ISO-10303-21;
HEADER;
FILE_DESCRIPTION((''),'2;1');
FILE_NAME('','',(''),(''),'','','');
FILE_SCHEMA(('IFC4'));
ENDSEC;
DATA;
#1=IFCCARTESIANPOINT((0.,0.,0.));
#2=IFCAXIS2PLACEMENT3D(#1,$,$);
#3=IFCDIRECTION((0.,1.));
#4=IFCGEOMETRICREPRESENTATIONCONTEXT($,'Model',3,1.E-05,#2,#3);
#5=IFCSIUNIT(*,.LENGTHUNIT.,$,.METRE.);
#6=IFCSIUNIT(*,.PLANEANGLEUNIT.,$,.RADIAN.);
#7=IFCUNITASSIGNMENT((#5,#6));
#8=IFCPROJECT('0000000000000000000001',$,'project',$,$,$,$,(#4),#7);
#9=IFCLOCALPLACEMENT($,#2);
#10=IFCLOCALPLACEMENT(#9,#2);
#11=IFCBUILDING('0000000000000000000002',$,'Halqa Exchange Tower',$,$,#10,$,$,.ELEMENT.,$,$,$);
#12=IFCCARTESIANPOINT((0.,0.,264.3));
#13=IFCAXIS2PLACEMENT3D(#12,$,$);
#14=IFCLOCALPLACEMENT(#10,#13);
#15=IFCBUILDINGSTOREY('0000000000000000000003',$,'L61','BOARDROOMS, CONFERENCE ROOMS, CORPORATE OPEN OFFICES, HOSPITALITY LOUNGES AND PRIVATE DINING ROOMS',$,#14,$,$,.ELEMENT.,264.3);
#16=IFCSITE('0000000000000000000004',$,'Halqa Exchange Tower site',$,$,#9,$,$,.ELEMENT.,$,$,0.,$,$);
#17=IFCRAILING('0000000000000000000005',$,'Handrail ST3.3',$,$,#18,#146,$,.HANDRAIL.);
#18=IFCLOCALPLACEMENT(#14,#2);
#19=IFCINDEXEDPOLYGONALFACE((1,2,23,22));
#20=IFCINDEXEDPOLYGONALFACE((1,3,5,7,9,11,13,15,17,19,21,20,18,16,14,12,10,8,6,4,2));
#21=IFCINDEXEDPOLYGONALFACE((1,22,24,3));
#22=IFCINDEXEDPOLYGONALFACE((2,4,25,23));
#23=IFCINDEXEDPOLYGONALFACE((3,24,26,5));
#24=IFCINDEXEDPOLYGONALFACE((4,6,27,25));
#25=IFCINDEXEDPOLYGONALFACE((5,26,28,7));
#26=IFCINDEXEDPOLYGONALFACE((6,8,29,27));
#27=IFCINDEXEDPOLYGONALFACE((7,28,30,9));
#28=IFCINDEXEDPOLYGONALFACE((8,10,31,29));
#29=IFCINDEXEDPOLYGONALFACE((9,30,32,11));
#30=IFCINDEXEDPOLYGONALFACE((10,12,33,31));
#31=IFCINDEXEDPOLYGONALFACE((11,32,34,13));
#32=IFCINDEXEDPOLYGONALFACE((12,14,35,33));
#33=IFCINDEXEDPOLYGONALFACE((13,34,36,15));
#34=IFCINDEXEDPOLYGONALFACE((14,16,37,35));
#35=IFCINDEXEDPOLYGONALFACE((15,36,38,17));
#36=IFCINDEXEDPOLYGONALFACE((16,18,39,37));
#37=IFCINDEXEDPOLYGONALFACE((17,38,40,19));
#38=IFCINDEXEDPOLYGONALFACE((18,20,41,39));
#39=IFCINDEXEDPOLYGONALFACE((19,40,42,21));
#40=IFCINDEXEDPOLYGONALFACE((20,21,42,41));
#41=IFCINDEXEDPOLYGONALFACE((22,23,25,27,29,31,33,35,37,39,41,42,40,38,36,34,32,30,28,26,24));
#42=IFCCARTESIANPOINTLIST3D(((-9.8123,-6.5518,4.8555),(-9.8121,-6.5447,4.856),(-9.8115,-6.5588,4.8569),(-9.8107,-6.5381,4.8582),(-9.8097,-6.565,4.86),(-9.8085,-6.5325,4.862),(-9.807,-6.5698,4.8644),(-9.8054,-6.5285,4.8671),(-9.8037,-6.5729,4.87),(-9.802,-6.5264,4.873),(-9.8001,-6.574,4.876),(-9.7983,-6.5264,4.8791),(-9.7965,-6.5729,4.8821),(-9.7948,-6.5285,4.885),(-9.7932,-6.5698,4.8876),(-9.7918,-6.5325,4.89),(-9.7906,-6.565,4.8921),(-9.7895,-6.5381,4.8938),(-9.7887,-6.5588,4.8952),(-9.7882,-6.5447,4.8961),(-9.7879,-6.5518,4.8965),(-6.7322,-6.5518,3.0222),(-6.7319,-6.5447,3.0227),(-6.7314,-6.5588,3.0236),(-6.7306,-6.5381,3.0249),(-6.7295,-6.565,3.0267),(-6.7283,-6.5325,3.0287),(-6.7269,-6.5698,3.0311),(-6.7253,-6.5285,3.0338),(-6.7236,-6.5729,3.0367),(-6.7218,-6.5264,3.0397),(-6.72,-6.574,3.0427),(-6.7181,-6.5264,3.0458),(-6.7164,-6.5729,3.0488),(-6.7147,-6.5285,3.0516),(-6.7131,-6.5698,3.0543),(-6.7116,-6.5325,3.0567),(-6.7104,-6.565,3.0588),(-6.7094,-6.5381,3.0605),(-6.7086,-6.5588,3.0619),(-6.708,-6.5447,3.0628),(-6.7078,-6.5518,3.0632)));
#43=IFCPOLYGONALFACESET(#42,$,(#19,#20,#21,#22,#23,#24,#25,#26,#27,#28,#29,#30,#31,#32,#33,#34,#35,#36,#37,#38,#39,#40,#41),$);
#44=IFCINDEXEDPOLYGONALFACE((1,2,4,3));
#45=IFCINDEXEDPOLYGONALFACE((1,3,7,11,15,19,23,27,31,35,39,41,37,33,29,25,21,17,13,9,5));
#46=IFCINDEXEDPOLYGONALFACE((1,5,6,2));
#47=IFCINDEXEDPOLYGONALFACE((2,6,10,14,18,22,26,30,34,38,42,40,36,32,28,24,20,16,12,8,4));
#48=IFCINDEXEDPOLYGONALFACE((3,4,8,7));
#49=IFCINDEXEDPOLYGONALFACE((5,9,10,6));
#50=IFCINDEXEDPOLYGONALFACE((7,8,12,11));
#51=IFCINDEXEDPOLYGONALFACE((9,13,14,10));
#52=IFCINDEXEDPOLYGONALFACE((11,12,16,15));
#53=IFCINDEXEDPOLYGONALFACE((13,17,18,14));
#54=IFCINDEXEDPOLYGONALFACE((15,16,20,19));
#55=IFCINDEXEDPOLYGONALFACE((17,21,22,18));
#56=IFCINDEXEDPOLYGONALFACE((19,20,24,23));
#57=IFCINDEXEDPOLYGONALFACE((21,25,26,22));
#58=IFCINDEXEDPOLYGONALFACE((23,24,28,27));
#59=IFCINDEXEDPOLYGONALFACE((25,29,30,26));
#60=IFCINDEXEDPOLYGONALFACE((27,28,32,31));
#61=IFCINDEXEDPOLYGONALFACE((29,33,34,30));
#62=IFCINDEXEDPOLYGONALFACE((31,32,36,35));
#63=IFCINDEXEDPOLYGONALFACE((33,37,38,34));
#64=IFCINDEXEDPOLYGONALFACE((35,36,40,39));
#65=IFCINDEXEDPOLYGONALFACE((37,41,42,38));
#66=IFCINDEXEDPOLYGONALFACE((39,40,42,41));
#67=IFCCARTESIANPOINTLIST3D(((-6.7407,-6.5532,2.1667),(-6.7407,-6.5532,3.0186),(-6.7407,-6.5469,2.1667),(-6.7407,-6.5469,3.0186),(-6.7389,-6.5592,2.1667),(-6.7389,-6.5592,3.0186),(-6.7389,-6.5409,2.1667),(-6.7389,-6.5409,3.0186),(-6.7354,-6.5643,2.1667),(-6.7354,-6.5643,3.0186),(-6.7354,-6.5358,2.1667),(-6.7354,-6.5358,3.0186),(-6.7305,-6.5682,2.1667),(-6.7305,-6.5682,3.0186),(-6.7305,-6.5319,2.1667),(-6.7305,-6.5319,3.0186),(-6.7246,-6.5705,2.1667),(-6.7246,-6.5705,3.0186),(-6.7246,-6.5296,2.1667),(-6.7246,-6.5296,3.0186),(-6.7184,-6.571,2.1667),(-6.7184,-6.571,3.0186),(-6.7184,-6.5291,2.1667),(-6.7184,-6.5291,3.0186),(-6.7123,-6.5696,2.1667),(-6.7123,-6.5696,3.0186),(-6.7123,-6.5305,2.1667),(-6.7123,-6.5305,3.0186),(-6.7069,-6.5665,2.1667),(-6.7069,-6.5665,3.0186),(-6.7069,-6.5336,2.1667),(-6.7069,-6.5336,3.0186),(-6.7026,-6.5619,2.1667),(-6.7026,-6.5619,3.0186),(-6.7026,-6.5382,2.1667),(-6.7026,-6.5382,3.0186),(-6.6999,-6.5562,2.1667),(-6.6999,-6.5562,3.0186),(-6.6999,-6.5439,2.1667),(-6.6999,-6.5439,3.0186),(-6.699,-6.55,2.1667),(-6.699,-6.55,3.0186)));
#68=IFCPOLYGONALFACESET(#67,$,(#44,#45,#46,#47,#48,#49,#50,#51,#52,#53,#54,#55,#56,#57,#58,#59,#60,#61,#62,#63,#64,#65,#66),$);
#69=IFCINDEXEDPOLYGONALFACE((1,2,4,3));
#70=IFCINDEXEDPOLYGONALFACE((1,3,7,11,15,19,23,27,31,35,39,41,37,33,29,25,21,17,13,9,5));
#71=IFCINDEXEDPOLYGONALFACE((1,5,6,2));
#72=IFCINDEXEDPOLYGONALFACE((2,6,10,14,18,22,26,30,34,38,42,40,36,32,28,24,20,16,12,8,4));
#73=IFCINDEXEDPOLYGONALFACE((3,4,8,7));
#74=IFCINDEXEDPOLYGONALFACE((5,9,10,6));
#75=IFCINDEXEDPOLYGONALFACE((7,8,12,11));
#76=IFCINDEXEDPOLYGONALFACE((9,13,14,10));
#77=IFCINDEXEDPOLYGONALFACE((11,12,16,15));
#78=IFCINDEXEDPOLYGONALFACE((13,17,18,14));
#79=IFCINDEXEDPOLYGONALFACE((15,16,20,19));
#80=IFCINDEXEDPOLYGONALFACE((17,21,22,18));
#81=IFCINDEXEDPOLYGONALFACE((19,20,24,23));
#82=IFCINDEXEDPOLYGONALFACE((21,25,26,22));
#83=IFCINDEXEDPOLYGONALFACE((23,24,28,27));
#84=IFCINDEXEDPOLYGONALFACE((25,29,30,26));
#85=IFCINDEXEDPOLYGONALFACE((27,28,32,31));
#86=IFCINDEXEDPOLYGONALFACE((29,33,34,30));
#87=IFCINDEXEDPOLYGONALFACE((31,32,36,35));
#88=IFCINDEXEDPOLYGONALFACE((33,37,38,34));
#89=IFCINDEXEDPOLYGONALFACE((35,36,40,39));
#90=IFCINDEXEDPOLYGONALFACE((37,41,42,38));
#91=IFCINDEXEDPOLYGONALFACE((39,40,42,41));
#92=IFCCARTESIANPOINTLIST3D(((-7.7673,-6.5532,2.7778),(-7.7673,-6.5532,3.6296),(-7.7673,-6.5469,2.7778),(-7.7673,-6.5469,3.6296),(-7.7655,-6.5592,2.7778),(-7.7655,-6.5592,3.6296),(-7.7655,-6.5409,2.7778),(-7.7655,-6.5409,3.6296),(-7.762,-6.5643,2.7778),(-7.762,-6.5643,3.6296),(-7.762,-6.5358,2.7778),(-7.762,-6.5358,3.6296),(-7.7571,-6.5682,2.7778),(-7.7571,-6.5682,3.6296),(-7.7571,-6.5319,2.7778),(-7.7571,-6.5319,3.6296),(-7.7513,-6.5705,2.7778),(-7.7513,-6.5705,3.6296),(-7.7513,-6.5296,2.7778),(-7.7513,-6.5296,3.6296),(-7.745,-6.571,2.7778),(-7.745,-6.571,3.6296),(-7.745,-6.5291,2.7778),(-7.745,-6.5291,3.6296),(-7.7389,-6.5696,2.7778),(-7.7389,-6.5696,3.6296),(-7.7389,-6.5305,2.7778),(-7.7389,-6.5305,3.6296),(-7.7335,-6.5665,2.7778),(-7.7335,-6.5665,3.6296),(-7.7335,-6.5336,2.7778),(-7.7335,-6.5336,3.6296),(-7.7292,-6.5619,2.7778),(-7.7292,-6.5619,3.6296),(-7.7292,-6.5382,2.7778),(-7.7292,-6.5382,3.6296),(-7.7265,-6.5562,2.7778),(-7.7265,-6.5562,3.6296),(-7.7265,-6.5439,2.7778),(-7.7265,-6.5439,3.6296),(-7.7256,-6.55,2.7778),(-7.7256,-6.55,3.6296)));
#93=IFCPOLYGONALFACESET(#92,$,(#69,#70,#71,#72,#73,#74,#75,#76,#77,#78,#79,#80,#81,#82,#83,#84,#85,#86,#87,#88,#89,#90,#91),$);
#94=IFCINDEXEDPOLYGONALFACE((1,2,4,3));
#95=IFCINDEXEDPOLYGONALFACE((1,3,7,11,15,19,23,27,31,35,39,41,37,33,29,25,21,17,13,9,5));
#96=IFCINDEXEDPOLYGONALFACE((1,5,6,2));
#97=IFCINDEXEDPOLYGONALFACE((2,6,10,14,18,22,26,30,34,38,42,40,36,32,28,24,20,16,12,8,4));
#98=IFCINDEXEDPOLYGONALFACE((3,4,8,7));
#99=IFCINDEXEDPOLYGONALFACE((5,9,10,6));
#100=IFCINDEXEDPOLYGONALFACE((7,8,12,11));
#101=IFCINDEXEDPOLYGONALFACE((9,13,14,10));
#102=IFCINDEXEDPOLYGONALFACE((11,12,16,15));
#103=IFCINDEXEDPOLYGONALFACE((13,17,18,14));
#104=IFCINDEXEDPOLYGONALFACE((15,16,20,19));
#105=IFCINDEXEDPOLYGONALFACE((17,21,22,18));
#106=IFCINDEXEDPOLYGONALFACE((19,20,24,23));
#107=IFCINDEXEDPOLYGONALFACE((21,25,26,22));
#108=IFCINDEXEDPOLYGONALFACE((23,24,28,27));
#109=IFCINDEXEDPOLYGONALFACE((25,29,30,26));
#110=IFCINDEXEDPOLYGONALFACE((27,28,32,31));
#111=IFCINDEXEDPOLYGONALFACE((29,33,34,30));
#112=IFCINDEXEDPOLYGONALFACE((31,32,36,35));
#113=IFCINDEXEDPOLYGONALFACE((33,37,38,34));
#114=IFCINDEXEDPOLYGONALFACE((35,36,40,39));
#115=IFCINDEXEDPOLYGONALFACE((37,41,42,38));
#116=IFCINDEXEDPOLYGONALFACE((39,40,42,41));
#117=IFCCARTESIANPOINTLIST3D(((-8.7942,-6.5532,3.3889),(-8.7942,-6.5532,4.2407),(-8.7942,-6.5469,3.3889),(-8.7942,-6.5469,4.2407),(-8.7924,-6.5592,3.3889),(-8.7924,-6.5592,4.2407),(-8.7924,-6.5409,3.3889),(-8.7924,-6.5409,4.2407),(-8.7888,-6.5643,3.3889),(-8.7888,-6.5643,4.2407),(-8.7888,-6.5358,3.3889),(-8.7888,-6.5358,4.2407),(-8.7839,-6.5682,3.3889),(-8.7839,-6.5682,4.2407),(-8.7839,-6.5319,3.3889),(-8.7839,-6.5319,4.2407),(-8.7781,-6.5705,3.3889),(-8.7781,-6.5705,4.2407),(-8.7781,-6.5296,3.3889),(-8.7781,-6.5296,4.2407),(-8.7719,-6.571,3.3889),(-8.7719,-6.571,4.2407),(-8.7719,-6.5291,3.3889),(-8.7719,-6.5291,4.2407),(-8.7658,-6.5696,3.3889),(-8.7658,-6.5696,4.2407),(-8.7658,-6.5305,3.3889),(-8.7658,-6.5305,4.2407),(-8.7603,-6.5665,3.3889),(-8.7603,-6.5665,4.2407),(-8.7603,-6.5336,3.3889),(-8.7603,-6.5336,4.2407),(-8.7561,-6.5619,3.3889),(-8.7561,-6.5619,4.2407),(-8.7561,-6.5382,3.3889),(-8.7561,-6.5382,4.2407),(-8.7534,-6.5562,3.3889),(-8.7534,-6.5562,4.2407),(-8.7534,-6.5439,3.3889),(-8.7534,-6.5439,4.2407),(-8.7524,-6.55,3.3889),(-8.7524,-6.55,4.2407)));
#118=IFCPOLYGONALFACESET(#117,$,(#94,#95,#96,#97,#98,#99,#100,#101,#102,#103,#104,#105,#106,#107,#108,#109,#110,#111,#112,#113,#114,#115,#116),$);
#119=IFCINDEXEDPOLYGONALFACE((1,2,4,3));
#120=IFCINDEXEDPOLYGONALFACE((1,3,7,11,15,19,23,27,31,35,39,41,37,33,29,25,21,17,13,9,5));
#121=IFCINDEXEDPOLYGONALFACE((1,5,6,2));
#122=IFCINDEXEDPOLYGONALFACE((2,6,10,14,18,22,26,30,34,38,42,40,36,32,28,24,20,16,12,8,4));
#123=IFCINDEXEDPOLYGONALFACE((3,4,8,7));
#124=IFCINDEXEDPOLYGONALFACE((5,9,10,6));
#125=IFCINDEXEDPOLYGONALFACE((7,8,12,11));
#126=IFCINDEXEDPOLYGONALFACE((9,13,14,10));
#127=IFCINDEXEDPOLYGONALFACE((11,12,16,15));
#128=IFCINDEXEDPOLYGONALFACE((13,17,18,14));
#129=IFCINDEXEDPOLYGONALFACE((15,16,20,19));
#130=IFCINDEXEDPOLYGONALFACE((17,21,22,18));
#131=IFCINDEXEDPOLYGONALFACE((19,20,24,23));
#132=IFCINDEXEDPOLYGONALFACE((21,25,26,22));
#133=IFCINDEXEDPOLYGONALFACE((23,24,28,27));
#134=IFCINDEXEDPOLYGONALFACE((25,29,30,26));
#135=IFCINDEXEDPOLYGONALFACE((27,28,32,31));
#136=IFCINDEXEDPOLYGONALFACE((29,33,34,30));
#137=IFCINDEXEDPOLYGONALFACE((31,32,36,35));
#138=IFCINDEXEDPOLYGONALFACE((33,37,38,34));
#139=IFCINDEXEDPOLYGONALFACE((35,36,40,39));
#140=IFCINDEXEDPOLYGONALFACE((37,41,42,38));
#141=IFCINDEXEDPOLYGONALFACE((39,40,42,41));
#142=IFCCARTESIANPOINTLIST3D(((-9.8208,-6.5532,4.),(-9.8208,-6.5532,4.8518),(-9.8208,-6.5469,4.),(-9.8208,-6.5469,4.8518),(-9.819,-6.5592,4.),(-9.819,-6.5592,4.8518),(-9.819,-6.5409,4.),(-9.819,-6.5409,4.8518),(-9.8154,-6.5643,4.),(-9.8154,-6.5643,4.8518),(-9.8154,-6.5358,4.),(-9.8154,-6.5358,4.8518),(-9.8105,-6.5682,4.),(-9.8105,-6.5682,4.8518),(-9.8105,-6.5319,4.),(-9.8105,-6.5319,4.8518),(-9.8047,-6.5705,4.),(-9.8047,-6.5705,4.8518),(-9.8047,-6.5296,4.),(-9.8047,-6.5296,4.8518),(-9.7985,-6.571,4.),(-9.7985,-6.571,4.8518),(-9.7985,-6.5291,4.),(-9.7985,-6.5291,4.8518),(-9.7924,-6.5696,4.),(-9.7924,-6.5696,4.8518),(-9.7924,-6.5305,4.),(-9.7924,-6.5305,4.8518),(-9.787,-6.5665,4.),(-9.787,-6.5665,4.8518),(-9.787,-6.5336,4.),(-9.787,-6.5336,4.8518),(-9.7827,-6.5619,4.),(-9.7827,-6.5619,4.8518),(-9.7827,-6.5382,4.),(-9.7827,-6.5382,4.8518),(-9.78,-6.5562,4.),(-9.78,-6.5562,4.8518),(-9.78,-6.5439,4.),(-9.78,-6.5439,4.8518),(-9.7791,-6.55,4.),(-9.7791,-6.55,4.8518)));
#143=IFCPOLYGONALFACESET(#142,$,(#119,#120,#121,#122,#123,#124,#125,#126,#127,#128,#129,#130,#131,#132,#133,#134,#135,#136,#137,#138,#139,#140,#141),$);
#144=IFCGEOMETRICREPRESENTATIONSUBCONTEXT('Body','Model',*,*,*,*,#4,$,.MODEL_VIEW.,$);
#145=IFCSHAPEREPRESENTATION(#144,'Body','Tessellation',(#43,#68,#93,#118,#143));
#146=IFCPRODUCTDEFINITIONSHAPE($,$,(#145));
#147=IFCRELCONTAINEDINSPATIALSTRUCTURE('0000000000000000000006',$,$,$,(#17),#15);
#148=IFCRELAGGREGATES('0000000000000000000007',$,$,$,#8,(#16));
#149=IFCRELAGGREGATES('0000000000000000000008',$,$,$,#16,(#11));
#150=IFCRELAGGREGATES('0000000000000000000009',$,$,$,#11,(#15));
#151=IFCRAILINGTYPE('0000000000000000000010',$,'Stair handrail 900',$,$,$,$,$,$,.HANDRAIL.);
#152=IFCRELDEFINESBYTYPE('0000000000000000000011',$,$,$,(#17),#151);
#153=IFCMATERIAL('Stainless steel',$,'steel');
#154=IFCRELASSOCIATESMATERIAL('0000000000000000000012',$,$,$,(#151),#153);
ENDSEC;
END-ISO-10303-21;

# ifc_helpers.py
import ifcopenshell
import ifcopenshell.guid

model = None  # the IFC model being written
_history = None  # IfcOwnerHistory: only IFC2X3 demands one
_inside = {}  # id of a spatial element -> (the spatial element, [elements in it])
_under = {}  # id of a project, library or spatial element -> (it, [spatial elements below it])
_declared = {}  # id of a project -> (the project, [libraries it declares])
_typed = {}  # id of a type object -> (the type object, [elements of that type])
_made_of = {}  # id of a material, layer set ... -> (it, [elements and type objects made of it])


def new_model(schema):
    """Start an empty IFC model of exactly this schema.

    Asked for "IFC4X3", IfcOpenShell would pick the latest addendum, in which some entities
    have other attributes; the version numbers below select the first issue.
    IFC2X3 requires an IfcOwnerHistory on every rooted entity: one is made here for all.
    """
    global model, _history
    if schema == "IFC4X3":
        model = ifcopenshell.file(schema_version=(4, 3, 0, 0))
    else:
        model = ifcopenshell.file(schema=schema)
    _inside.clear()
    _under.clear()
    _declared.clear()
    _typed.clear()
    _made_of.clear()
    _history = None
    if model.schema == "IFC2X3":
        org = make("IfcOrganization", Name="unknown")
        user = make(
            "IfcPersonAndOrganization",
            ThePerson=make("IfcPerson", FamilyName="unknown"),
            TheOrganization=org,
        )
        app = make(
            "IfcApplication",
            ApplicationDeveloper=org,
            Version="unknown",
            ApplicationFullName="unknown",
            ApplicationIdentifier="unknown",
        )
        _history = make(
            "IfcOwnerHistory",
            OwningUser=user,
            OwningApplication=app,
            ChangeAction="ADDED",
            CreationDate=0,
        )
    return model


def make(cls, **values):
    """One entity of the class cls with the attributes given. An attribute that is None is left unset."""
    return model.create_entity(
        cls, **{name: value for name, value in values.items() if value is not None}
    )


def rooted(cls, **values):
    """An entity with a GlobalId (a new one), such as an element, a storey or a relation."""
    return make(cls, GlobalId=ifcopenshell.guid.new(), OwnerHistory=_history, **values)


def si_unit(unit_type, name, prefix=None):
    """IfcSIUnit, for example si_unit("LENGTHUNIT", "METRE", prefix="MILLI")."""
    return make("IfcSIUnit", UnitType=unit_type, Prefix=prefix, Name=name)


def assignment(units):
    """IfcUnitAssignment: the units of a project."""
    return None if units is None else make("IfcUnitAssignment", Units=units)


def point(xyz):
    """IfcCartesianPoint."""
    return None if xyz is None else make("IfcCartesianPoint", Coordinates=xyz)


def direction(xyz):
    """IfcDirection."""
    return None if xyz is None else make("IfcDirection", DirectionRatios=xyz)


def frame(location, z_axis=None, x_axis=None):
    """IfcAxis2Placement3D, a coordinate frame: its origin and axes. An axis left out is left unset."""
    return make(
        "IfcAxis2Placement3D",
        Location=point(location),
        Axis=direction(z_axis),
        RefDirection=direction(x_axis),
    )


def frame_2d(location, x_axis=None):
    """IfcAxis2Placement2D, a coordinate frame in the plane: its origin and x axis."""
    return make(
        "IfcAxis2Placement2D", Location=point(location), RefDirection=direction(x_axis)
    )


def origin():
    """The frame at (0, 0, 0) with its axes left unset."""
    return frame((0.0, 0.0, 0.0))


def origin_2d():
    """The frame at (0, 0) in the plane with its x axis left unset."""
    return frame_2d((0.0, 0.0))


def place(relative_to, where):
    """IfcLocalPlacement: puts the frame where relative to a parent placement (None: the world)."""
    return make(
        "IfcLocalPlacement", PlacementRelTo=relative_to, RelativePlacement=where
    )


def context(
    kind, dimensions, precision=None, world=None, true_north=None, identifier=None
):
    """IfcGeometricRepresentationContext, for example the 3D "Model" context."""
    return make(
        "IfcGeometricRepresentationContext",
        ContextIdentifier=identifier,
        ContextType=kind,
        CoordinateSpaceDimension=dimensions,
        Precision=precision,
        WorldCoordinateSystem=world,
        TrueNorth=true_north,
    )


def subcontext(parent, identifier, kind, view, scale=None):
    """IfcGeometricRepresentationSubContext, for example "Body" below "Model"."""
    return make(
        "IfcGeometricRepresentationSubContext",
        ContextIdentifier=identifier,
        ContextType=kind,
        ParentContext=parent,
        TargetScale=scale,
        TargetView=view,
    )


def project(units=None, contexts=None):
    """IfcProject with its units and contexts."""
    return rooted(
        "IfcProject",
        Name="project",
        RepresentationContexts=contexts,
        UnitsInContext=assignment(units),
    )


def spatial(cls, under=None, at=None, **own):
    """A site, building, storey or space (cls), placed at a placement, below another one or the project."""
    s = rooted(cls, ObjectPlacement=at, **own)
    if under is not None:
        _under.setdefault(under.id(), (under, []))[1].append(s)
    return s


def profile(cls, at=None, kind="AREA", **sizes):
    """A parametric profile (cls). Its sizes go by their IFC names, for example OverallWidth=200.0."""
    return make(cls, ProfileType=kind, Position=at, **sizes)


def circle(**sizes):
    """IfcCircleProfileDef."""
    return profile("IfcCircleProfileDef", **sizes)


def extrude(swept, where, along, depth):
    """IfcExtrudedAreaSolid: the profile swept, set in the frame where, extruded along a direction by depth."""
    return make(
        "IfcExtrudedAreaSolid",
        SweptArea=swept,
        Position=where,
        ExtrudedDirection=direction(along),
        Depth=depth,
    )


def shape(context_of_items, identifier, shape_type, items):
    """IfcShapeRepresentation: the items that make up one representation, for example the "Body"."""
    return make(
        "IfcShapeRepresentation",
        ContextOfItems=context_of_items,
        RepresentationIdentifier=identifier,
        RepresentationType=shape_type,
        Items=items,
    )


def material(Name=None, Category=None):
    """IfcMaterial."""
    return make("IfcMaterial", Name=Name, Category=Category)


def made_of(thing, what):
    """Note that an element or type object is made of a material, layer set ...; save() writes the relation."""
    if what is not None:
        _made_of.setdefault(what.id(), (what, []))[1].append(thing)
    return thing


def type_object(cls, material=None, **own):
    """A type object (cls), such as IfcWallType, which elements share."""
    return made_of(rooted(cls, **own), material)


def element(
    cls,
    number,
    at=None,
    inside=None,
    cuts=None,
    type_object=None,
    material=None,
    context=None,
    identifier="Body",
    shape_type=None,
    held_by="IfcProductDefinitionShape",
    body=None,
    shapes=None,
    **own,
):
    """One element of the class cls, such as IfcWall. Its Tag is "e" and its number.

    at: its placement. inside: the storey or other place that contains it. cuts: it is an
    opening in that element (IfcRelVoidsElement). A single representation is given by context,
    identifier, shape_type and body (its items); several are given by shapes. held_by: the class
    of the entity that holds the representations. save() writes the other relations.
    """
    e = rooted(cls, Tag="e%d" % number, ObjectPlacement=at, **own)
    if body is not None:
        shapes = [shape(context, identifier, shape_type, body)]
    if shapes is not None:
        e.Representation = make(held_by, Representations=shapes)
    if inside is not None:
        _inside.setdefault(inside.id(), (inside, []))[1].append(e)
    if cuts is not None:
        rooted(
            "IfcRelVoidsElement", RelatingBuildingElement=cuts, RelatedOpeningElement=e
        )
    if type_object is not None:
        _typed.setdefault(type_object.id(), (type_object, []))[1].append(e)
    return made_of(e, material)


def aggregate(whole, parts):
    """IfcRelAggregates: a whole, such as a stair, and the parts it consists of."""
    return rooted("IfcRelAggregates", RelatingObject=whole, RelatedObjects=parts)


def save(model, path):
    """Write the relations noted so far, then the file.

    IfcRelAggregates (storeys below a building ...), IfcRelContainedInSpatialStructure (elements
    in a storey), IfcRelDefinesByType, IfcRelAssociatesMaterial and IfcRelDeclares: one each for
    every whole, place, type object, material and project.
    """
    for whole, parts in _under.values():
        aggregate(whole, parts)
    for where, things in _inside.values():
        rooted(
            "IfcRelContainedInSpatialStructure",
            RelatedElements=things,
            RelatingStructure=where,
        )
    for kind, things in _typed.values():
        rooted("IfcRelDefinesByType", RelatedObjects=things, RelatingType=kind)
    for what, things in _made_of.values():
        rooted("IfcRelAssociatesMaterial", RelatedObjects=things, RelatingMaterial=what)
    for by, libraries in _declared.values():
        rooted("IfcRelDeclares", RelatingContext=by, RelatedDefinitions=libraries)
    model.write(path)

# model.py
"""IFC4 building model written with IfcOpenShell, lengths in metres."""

from ifc_helpers import new_model, si_unit, direction, frame, origin, origin_2d, place, context, subcontext, project, spatial, circle, extrude, material, type_object, element, save


model = new_model("IFC4")

# Units and contexts
model_context = context("Model", 3, precision=1e-05, world=origin(), true_north=direction((0.0, 1.0)))
body_context = subcontext(model_context, "Body", "Model", "MODEL_VIEW")
ifc_project = project(units=[si_unit("LENGTHUNIT", "METRE"), si_unit("PLANEANGLEUNIT", "RADIAN")], contexts=[model_context])

# Site, building, storey
site_placement = place(None, origin())
site = spatial("IfcSite", under=ifc_project, at=site_placement, Name="Halqa Exchange Tower site", CompositionType="ELEMENT", RefElevation=0.0)
building_placement = place(site_placement, origin())
building = spatial("IfcBuilding", under=site, at=building_placement, Name="Halqa Exchange Tower", CompositionType="ELEMENT")
storey_placement = place(building_placement, frame((0.0, 0.0, 264.3)))
storey = spatial("IfcBuildingStorey", under=building, at=storey_placement, Name="L61", Description="BOARDROOMS, CONFERENCE ROOMS, CORPORATE OPEN OFFICES, HOSPITALITY LOUNGES AND PRIVATE DINING ROOMS", CompositionType="ELEMENT", Elevation=264.3)

# Shared definitions
ifc_material_1 = material(Name="Stainless steel", Category="steel")

# Railing
railing_type_1 = type_object("IfcRailingType", Name="Stair handrail 900", PredefinedType="HANDRAIL", material=ifc_material_1)
railing_1_placement = place(storey_placement, frame((-6.72, -6.55, 2.1667)))
element("IfcRailing", 1, at=railing_1_placement, inside=storey, type_object=railing_type_1, Name="Handrail ST3.3", PredefinedType="HANDRAIL", context=body_context, shape_type="SweptSolid", body=[
    extrude(circle(Radius=0.0239, at=origin_2d()), frame((0.0, 0.0, 0.876), z_axis=(-0.859309, 0.0, 0.511458), x_axis=(0.0, -1.0, 0.0)), (0.0, 0.0, 1.0), 3.5845),
    extrude(circle(Radius=0.021, at=origin_2d()), origin(), (0.0, 0.0, 1.0), 0.8518),
    extrude(circle(Radius=0.021, at=origin_2d()), frame((-1.0266, 0.0, 0.6111)), (0.0, 0.0, 1.0), 0.8518),
    extrude(circle(Radius=0.021, at=origin_2d()), frame((-2.0535, 0.0, 1.2222)), (0.0, 0.0, 1.0), 0.8518),
    extrude(circle(Radius=0.021, at=origin_2d()), frame((-3.0801, 0.0, 1.8333)), (0.0, 0.0, 1.0), 0.8518),
])

save(model, "model.ifc")
